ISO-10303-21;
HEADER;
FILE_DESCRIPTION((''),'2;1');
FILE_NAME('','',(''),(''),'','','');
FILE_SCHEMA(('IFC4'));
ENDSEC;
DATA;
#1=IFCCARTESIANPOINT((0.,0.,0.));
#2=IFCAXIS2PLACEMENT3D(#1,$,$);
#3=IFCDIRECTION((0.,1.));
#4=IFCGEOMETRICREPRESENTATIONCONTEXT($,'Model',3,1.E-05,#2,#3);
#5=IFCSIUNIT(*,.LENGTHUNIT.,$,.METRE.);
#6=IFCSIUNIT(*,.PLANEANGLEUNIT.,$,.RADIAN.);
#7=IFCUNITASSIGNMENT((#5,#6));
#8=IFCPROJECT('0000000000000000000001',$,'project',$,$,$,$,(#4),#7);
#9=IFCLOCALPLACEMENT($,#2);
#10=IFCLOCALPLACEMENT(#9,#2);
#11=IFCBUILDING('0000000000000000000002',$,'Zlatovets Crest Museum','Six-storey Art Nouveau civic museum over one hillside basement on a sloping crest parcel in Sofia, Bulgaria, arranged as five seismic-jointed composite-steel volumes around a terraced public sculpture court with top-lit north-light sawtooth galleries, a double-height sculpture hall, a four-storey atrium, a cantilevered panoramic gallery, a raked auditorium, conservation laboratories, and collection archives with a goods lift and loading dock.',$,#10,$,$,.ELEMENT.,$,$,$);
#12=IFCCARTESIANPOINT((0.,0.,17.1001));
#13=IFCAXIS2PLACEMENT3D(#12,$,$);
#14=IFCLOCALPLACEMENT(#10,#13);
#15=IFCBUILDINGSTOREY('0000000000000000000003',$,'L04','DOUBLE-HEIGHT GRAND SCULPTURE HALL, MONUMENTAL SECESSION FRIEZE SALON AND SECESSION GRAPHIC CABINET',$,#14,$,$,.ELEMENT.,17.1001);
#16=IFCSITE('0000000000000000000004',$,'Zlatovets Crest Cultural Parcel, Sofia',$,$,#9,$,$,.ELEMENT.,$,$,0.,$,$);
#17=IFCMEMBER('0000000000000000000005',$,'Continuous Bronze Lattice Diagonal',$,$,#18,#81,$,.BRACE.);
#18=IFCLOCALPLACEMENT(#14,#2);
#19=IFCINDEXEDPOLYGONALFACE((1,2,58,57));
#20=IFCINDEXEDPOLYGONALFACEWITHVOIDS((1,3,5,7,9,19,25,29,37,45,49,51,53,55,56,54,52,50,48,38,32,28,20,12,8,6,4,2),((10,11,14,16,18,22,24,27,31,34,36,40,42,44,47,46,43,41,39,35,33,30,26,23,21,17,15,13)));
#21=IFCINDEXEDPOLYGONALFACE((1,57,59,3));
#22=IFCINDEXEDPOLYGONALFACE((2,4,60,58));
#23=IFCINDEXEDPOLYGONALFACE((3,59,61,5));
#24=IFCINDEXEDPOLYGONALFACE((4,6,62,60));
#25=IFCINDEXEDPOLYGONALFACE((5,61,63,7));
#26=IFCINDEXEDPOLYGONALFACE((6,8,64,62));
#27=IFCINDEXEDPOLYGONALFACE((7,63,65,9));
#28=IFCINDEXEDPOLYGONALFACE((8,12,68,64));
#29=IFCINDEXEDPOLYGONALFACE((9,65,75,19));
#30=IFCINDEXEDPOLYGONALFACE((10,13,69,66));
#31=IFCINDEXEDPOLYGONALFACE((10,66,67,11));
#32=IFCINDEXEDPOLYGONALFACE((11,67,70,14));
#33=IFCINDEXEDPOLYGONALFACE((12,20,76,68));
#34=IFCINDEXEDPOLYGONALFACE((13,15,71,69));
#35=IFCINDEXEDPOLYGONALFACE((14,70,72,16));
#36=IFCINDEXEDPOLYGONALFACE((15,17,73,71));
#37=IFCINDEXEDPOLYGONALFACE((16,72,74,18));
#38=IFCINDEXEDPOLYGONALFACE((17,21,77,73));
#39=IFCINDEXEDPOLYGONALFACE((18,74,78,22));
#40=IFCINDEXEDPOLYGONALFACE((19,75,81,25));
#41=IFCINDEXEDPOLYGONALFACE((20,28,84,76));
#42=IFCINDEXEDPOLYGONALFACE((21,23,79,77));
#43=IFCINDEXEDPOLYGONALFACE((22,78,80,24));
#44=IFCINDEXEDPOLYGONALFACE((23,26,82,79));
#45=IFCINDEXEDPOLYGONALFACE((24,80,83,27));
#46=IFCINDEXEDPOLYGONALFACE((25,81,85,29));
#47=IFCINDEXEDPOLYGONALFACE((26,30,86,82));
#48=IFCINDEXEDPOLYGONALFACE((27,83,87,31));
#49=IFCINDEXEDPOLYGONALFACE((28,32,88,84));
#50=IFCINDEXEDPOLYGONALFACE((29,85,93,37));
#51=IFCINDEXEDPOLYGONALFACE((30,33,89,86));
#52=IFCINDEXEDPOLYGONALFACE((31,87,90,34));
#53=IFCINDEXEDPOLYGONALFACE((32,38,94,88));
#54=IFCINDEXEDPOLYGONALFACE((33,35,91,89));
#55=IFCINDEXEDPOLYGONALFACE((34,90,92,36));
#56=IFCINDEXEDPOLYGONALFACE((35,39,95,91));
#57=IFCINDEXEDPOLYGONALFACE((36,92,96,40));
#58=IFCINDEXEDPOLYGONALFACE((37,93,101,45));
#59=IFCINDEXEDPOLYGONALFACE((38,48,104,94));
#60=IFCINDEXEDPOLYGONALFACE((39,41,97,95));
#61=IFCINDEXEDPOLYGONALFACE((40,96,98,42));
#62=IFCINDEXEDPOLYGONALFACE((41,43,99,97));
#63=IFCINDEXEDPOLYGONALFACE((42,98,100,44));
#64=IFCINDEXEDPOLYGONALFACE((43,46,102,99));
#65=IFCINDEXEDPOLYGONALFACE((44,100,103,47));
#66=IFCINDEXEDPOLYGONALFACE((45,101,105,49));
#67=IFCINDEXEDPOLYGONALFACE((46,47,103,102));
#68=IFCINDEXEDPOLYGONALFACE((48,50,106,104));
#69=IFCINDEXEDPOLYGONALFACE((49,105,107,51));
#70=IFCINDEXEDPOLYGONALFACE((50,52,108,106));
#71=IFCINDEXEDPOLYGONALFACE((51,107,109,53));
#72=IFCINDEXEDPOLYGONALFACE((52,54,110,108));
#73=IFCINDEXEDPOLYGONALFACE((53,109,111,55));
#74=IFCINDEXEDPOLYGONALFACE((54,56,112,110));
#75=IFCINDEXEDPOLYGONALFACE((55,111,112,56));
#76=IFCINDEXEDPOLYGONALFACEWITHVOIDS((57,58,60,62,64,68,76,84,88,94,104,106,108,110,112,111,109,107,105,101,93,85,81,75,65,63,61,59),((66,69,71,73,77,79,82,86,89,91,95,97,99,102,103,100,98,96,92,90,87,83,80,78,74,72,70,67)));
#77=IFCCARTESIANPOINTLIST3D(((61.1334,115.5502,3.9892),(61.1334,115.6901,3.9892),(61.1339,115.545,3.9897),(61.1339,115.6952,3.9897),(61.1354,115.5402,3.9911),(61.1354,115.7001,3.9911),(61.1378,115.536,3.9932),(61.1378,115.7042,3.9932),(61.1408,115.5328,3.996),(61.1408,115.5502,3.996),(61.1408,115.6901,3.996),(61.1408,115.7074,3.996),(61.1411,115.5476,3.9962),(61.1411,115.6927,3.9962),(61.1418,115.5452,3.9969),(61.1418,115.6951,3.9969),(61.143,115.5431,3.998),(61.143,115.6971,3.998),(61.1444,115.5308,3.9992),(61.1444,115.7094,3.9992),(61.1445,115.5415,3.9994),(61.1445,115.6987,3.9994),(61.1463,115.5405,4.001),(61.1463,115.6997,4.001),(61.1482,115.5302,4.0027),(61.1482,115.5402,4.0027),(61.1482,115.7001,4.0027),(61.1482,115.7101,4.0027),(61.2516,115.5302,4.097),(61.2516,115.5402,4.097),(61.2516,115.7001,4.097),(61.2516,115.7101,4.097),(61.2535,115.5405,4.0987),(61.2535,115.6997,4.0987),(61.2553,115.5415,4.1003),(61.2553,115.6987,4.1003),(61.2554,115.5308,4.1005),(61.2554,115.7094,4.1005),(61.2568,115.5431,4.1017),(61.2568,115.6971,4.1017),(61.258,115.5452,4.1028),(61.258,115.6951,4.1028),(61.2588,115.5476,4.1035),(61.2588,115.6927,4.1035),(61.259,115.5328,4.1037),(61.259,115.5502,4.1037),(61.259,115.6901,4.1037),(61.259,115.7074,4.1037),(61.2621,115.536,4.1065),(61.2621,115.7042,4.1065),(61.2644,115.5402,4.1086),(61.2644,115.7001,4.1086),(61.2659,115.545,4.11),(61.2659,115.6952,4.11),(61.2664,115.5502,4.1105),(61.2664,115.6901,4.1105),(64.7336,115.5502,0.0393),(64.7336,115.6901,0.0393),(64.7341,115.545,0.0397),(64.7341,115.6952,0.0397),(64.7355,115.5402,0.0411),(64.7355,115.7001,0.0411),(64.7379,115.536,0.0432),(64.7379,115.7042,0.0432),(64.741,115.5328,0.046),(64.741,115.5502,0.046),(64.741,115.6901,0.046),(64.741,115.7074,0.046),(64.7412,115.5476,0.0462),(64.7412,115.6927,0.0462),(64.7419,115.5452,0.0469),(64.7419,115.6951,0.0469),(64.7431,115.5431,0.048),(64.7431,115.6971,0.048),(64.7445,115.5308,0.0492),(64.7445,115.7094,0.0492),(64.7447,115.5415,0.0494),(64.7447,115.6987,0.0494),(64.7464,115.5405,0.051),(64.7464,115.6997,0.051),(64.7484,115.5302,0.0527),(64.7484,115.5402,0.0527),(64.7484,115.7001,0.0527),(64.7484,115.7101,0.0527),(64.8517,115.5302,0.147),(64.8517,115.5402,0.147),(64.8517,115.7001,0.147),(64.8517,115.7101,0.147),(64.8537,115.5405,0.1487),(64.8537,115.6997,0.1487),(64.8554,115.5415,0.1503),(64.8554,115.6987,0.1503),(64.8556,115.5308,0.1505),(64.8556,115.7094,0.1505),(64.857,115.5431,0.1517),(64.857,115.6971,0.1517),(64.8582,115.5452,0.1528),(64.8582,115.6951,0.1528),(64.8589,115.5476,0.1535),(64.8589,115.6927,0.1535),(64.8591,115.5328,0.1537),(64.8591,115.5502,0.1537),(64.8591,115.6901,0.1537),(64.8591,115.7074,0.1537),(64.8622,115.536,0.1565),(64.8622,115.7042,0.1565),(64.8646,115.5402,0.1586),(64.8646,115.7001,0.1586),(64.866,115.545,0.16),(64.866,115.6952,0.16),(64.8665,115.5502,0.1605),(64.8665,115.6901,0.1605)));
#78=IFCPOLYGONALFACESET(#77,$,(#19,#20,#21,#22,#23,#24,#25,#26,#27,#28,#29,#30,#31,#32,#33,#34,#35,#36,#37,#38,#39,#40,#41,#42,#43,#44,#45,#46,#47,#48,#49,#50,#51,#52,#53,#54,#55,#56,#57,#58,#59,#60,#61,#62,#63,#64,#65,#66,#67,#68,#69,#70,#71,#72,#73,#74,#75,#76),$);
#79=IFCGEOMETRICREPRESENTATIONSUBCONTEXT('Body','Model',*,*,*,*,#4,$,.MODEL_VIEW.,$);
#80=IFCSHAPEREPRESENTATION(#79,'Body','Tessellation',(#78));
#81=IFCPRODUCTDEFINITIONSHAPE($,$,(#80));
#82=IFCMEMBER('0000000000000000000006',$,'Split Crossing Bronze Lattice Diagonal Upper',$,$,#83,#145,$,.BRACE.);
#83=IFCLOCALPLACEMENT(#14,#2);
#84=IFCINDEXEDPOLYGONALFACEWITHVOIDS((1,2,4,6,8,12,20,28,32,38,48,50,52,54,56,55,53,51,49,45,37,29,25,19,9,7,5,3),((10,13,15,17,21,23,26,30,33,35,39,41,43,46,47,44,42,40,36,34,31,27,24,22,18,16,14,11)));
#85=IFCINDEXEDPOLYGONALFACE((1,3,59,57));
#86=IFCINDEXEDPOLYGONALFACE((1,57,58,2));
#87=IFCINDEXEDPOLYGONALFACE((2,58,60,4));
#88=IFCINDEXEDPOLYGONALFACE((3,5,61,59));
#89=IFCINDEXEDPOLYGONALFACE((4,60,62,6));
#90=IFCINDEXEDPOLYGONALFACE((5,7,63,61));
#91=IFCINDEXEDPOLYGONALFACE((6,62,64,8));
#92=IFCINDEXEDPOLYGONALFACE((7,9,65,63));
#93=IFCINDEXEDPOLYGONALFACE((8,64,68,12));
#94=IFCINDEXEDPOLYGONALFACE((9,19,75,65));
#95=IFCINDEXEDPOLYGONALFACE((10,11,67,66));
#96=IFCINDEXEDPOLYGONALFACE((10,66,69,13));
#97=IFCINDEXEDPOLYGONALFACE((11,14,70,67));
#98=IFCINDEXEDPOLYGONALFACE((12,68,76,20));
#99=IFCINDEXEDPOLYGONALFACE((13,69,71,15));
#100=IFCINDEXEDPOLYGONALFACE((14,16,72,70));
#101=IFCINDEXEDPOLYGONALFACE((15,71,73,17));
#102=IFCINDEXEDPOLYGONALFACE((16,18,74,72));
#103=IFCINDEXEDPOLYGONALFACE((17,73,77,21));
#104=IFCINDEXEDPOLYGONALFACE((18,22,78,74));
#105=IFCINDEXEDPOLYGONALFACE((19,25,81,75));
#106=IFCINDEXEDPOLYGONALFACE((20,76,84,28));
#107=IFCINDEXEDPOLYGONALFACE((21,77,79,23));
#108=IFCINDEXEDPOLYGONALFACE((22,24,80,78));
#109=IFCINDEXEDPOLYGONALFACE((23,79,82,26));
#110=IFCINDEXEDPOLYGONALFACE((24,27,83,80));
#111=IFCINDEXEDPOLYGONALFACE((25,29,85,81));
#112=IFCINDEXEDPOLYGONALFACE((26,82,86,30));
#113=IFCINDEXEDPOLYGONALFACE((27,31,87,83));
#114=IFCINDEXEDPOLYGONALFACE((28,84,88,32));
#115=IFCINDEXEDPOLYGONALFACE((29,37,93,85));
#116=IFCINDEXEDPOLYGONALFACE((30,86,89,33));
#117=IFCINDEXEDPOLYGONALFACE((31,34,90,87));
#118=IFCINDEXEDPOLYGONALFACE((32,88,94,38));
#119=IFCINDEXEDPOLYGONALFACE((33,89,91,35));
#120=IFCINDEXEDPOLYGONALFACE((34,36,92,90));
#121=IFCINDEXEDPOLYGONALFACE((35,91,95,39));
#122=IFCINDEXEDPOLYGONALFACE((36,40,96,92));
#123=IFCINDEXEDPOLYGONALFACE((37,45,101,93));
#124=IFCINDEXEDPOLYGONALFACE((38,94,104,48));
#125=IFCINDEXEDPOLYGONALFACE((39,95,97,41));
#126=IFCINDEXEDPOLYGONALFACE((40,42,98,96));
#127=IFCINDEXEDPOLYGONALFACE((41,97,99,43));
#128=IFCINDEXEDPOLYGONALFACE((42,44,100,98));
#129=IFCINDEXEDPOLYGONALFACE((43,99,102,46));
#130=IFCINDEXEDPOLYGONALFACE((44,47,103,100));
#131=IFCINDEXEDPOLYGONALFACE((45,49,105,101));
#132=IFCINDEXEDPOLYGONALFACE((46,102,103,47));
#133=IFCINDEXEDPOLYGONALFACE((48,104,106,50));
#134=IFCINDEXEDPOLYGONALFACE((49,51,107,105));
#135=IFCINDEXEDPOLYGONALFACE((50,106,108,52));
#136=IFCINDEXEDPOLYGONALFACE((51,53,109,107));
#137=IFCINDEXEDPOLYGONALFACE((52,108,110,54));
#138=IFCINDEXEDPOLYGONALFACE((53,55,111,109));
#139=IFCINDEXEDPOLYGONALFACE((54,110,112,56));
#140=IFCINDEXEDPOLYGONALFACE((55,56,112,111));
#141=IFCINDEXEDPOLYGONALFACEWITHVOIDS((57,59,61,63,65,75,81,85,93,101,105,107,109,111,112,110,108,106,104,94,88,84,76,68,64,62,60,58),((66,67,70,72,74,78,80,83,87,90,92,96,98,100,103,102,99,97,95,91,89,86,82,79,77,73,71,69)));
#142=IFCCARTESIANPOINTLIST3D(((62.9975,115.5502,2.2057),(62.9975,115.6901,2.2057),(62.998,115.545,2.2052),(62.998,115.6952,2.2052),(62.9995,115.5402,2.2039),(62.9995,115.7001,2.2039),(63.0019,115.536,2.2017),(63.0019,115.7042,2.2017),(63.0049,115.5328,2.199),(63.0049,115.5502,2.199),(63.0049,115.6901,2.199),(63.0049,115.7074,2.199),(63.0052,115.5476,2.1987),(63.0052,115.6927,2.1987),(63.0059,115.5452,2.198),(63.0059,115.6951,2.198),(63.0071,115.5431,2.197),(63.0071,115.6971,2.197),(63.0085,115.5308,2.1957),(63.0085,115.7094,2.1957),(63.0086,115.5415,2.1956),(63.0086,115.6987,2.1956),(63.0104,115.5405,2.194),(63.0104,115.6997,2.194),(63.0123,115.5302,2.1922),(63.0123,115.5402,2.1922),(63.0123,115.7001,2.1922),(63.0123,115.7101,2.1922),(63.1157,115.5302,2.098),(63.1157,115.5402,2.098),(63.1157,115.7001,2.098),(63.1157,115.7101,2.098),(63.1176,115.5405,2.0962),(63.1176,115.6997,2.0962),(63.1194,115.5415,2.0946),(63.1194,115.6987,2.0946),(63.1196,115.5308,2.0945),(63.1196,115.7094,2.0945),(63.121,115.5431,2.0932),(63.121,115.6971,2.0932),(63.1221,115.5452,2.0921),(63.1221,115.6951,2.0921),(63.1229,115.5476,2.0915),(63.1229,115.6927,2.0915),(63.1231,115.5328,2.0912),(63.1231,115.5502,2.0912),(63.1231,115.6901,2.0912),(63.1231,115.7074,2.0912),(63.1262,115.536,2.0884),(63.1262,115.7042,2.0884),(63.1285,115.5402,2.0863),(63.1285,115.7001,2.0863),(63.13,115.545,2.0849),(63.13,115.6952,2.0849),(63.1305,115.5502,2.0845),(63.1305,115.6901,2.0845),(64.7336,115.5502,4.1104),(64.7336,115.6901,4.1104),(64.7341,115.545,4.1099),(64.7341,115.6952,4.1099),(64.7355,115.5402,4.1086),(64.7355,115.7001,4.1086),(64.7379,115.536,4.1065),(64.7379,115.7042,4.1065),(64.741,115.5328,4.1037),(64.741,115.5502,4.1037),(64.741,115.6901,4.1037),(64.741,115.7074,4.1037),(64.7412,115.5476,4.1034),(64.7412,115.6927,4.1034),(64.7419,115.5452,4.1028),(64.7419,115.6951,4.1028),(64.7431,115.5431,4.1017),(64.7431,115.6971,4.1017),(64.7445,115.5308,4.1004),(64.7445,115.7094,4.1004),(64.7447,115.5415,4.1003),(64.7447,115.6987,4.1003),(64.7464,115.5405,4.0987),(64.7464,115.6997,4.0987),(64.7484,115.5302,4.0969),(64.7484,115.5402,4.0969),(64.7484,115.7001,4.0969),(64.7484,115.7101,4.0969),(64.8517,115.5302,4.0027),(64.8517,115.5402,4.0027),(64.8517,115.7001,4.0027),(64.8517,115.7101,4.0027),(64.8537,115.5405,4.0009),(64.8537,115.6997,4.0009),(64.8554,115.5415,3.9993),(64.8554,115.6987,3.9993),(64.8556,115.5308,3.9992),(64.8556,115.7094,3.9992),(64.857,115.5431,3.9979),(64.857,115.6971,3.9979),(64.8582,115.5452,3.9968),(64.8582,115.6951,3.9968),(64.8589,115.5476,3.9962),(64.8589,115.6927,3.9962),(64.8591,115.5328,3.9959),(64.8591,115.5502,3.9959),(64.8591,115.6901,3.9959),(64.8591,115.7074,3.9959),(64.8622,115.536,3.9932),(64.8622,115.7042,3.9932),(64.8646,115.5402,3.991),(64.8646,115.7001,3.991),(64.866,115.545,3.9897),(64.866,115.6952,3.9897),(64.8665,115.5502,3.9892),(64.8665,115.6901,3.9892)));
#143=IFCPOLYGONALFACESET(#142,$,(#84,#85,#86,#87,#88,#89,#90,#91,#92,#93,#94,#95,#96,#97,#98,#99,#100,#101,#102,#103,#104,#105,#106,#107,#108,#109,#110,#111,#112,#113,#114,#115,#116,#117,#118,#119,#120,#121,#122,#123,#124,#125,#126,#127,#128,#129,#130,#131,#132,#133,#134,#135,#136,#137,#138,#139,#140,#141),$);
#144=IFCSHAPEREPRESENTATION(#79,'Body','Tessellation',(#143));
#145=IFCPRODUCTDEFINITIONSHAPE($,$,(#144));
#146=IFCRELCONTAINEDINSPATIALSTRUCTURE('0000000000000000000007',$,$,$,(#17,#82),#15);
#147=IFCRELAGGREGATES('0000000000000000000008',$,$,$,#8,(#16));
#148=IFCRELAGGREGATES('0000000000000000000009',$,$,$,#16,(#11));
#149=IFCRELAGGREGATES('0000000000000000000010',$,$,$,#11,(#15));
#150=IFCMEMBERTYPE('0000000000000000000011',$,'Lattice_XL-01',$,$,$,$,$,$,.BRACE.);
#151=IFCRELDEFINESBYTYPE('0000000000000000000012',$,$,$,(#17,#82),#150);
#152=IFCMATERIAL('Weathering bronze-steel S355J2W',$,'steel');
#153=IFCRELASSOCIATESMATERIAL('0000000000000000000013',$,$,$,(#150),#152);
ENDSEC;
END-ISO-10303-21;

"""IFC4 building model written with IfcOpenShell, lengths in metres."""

from ifc_helpers import new_model, si_unit, direction, frame, origin, origin_2d, place, context, subcontext, project, spatial, hollow_rectangle, extrude, material, material_profile, profile_set, type_object, element, save


model = new_model("IFC4")

# Units and contexts
model_context = context("Model", 3, precision=1e-05, world=origin(), true_north=direction((0.0, 1.0)))
body_context = subcontext(model_context, "Body", "Model", "MODEL_VIEW")
ifc_project = project(units=[si_unit("LENGTHUNIT", "METRE"), si_unit("PLANEANGLEUNIT", "RADIAN")], contexts=[model_context])

# Site, building, storey
site_placement = place(None, origin())
site = spatial("IfcSite", under=ifc_project, at=site_placement, Name="Zlatovets Crest Cultural Parcel, Sofia", CompositionType="ELEMENT", RefElevation=0.0)
building_placement = place(site_placement, origin())
building = spatial("IfcBuilding", under=site, at=building_placement, Name="Zlatovets Crest Museum", Description="Six-storey Art Nouveau civic museum over one hillside basement on a sloping crest parcel in Sofia, Bulgaria, arranged as five seismic-jointed composite-steel volumes around a terraced public sculpture court with top-lit north-light sawtooth galleries, a double-height sculpture hall, a four-storey atrium, a cantilevered panoramic gallery, a raked auditorium, conservation laboratories, and collection archives with a goods lift and loading dock.", CompositionType="ELEMENT")
storey_placement = place(building_placement, frame((0.0, 0.0, 17.1001)))
storey = spatial("IfcBuildingStorey", under=building, at=storey_placement, Name="L04", Description="DOUBLE-HEIGHT GRAND SCULPTURE HALL, MONUMENTAL SECESSION FRIEZE SALON AND SECESSION GRAPHIC CABINET", CompositionType="ELEMENT", Elevation=17.1001)

# Members
ifc_material_1 = material(Name="Weathering bronze-steel S355J2W", Category="steel")
ifc_material_profile_1 = material_profile(ifc_material_1, hollow_rectangle(XDim=0.1799, YDim=0.1799, WallThickness=0.01, InnerFilletRadius=0.01, OuterFilletRadius=0.02, at=origin_2d()), Name="SHS 180x180x10.0")
ifc_profile_set_1 = profile_set([ifc_material_profile_1], Name="Weathering bronze-steel S355J2W")
member_type_1 = type_object("IfcMemberType", Name="Lattice_XL-01", PredefinedType="BRACE", material=ifc_profile_set_1)
member_1_placement = place(storey_placement, frame((64.8, 115.6201, 0.0999), z_axis=(-0.673618, 0.0, 0.73908), x_axis=(0.0, -1.0, 0.0)))
element("IfcMember", 1, at=member_1_placement, inside=storey, type_object=member_type_1, Name="Continuous Bronze Lattice Diagonal", PredefinedType="BRACE", context=body_context, shape_type="SweptSolid", body=[
    extrude(hollow_rectangle(XDim=0.1799, YDim=0.1799, WallThickness=0.01, InnerFilletRadius=0.01, OuterFilletRadius=0.02, at=origin_2d()), origin(), (0.0, 0.0, 1.0), 5.3445),
])
member_2_placement = place(storey_placement, frame((64.8, 115.6201, 4.0498), z_axis=(-0.67362, 0.0, -0.739078), x_axis=(0.0, -1.0, 0.0)))
element("IfcMember", 2, at=member_2_placement, inside=storey, type_object=member_type_1, Name="Split Crossing Bronze Lattice Diagonal Upper", PredefinedType="BRACE", context=body_context, shape_type="SweptSolid", body=[
    extrude(hollow_rectangle(XDim=0.1799, YDim=0.1799, WallThickness=0.01, InnerFilletRadius=0.01, OuterFilletRadius=0.02, at=origin_2d()), origin(), (0.0, 0.0, 1.0), 2.5771),
])

save(model, "model.ifc")
